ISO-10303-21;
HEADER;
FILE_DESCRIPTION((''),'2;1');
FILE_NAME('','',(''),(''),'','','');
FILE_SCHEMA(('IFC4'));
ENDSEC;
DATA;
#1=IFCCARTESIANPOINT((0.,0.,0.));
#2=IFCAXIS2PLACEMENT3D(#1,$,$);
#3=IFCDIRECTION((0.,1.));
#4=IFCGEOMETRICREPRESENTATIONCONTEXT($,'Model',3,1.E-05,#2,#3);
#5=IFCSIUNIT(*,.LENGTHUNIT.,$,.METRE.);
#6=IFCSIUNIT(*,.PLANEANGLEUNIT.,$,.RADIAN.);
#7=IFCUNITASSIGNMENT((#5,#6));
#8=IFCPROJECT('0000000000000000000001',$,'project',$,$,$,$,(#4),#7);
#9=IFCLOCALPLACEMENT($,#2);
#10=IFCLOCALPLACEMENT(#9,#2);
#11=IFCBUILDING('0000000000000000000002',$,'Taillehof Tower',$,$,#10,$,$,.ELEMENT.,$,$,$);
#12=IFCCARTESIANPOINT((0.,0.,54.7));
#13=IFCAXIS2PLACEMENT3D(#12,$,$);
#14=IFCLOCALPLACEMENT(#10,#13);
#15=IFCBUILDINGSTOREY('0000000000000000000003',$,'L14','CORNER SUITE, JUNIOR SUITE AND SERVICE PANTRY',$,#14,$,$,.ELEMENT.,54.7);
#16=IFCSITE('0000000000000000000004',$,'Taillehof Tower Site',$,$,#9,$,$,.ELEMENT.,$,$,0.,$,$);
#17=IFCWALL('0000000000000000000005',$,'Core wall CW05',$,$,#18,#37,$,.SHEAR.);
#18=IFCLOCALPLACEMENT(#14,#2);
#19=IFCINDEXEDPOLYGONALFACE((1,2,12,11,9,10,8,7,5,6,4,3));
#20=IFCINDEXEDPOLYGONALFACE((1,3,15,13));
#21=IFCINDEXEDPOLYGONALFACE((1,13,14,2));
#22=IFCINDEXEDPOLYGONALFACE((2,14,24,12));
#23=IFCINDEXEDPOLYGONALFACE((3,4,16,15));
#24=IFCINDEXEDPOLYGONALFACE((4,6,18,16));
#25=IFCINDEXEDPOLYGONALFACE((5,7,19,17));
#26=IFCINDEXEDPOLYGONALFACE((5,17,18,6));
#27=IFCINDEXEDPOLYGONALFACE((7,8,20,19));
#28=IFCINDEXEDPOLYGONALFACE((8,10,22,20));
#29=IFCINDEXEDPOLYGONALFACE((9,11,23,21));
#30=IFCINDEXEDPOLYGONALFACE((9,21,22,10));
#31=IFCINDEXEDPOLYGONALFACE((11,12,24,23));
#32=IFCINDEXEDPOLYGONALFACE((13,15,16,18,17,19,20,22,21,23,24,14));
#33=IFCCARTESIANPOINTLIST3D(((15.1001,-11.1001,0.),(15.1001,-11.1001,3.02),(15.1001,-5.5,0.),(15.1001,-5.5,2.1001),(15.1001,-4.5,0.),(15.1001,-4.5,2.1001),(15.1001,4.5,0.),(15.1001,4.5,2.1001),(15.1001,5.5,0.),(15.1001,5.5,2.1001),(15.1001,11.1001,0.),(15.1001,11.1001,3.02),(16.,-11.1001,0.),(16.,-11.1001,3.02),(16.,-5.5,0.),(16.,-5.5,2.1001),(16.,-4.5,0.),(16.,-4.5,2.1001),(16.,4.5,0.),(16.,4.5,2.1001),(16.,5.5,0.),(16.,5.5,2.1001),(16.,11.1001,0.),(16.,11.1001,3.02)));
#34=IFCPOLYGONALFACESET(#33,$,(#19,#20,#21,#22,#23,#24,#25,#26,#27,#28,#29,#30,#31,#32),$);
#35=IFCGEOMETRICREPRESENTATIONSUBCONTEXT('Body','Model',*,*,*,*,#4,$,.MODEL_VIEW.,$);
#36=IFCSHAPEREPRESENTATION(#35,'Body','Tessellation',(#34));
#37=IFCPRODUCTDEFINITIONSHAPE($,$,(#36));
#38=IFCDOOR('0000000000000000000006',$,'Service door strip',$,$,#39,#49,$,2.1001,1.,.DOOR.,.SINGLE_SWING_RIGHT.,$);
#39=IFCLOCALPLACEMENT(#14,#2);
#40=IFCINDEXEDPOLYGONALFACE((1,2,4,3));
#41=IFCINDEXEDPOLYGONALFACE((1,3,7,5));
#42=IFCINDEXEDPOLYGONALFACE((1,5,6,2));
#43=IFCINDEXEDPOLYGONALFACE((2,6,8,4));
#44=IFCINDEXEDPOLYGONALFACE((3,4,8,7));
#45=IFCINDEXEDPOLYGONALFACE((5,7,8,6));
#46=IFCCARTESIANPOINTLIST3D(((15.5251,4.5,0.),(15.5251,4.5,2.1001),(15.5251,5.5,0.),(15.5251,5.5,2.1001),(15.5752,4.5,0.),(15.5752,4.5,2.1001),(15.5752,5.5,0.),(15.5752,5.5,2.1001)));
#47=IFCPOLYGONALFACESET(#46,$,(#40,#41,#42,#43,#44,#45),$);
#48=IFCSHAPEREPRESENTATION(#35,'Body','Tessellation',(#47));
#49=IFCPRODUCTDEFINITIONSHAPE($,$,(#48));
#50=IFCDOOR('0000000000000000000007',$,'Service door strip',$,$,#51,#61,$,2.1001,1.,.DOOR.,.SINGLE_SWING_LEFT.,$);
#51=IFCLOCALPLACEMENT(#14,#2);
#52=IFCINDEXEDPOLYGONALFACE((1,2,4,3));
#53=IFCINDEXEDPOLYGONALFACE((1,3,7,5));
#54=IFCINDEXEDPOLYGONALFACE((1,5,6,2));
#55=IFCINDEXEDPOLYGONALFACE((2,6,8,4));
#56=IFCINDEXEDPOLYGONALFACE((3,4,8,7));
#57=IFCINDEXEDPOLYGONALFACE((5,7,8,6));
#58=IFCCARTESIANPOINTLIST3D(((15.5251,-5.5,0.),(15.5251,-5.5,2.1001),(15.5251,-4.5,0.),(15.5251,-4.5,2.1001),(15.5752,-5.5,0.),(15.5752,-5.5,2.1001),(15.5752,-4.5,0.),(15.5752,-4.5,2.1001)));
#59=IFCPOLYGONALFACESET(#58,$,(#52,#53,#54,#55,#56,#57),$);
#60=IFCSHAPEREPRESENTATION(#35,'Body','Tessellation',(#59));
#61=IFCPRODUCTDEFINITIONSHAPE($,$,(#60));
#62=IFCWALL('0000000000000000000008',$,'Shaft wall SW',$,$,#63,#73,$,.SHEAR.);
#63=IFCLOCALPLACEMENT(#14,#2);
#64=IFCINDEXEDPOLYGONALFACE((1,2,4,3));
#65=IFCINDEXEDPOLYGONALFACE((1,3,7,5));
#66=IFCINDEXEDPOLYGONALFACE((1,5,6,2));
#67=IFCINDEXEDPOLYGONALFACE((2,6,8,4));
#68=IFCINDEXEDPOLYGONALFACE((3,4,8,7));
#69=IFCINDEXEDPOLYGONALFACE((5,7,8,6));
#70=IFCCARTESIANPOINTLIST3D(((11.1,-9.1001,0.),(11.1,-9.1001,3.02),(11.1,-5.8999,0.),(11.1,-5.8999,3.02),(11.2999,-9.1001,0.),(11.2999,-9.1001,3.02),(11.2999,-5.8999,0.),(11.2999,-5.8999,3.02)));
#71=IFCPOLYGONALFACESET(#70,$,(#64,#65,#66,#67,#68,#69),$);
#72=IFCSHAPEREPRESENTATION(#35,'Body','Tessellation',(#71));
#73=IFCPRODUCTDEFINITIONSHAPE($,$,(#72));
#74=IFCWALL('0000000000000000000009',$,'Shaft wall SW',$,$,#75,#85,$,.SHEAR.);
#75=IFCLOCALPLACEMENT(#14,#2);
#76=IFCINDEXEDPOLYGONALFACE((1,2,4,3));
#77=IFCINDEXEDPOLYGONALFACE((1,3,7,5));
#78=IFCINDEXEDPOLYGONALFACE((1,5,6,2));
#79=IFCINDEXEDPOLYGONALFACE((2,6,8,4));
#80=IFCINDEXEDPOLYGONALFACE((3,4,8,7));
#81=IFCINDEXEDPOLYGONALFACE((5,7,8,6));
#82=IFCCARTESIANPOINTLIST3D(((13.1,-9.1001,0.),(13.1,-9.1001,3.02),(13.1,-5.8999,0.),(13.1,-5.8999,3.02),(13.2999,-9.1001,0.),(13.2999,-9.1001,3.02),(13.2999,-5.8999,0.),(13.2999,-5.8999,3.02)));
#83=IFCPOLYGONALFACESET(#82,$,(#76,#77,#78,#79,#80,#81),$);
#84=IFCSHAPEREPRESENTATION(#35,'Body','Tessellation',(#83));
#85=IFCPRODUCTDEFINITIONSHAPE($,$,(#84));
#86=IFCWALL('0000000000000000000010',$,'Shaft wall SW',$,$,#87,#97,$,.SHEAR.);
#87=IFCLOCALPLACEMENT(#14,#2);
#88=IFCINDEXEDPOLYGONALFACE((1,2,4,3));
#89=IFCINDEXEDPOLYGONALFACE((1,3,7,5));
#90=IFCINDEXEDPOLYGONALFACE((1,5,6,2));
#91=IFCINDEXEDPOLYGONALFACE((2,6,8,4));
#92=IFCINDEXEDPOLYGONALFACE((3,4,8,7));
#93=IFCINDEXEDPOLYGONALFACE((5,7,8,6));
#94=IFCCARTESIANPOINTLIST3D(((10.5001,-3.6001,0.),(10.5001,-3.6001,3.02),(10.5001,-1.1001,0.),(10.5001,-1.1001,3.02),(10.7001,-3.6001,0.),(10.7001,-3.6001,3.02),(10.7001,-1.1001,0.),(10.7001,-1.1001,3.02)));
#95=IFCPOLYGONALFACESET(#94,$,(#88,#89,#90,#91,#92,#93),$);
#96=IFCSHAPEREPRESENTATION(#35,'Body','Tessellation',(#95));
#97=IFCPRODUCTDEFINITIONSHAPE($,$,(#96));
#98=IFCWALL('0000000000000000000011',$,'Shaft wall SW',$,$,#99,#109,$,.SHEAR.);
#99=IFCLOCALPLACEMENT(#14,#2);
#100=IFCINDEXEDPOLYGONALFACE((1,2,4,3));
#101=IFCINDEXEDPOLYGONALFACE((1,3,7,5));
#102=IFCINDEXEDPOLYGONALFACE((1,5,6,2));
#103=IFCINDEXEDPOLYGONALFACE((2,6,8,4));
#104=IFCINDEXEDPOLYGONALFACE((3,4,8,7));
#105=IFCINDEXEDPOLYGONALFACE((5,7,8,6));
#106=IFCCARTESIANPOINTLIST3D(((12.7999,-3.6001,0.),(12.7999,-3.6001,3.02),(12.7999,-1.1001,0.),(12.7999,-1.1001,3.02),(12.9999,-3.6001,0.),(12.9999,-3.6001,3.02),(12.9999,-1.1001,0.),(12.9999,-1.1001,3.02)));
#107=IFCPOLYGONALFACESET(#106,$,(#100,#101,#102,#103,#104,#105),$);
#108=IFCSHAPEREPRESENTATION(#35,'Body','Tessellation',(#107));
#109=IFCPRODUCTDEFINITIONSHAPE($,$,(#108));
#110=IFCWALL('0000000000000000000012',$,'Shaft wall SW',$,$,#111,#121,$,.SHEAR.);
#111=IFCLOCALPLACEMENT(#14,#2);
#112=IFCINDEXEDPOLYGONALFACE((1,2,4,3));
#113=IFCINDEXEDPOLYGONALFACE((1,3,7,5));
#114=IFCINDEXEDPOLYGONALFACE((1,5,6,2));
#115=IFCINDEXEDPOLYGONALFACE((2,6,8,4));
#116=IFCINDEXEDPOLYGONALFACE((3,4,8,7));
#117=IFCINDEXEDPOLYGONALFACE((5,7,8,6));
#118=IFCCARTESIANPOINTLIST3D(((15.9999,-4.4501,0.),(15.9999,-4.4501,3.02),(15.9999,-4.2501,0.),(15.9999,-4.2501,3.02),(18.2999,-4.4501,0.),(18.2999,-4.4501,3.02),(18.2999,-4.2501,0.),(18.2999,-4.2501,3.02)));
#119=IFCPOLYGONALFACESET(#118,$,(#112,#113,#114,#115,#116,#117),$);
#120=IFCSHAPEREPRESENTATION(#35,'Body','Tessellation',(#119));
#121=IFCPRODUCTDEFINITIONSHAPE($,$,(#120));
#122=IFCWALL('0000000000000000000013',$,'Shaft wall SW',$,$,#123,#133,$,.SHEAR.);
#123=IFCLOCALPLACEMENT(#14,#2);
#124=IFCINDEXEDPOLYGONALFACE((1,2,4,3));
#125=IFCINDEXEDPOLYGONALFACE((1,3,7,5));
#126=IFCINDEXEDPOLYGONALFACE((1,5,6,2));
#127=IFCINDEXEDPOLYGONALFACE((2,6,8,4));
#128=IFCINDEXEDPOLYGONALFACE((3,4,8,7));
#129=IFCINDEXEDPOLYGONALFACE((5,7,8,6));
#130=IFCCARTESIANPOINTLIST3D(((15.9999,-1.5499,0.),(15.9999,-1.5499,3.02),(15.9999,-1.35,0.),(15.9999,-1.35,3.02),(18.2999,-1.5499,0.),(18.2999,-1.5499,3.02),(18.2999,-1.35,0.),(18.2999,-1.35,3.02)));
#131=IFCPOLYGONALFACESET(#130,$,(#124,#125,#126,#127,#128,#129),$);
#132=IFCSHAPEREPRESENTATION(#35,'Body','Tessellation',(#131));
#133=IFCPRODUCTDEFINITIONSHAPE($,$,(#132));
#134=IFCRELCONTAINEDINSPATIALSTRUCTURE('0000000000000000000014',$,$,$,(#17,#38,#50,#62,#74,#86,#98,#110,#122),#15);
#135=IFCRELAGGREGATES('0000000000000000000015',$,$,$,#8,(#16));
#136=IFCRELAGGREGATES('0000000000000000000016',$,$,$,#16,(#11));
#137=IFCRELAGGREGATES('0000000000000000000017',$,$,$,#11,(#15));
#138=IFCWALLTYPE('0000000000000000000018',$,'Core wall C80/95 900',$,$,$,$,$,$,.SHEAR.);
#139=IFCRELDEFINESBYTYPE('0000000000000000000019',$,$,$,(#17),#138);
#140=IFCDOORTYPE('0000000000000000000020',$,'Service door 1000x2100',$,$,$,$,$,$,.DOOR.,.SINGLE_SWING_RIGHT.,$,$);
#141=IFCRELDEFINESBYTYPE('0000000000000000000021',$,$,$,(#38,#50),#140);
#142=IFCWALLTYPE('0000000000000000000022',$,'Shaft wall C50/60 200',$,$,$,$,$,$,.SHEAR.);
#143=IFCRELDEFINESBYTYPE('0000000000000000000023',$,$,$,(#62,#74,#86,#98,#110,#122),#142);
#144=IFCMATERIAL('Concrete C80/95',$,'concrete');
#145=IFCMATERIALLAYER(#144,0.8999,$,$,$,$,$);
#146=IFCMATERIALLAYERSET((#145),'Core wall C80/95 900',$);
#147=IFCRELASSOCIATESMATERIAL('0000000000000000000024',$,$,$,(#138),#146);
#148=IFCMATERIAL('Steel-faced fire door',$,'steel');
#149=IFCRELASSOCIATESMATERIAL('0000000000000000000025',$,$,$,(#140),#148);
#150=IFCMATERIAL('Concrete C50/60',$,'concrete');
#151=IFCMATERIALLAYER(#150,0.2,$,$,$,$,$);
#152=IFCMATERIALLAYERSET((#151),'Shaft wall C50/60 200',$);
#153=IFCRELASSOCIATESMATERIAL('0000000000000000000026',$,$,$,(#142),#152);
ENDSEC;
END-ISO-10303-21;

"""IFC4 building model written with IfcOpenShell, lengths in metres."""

from ifc_helpers import new_model, si_unit, direction, frame, frame_2d, origin, place, context, subcontext, project, spatial, rectangle, extrude, material, layer, layer_set, type_object, element, fill, save


model = new_model("IFC4")

# Units and contexts
model_context = context("Model", 3, precision=1e-05, world=origin(), true_north=direction((0.0, 1.0)))
body_context = subcontext(model_context, "Body", "Model", "MODEL_VIEW")
ifc_project = project(units=[si_unit("LENGTHUNIT", "METRE"), si_unit("PLANEANGLEUNIT", "RADIAN")], contexts=[model_context])

# Site, building, storey
site_placement = place(None, origin())
site = spatial("IfcSite", under=ifc_project, at=site_placement, Name="Taillehof Tower Site", CompositionType="ELEMENT", RefElevation=0.0)
building_placement = place(site_placement, origin())
building = spatial("IfcBuilding", under=site, at=building_placement, Name="Taillehof Tower", CompositionType="ELEMENT")
storey_placement = place(building_placement, frame((0.0, 0.0, 54.7)))
storey = spatial("IfcBuildingStorey", under=building, at=storey_placement, Name="L14", Description="CORNER SUITE, JUNIOR SUITE AND SERVICE PANTRY", CompositionType="ELEMENT", Elevation=54.7)

# Wall, openings, doors
ifc_material_1 = material(Name="Concrete C80/95", Category="concrete")
ifc_layer_1 = layer(ifc_material_1, 0.8999)
ifc_layer_set_1 = layer_set([ifc_layer_1], Name="Core wall C80/95 900")
wall_type_1 = type_object("IfcWallType", Name="Core wall C80/95 900", PredefinedType="SHEAR", material=ifc_layer_set_1)
wall_1_placement = place(storey_placement, frame((15.55, -11.1001, 0.0), z_axis=(0.0, 0.0, 1.0), x_axis=(0.0, 1.0, 0.0)))
wall_1 = element("IfcWall", 1, at=wall_1_placement, inside=storey, type_object=wall_type_1, Name="Core wall CW05", PredefinedType="SHEAR", context=body_context, shape_type="SweptSolid", body=[
    extrude(rectangle(XDim=22.2002, YDim=0.8999, at=frame_2d((11.1001, 0.0))), origin(), (0.0, 0.0, 1.0), 3.02),
])
opening_1_placement = place(wall_1_placement, frame((15.6001, 0.0, 0.0)))
opening_1 = element("IfcOpeningElement", 2, at=opening_1_placement, cuts=wall_1, PredefinedType="OPENING", context=body_context, shape_type="SweptSolid", body=[
    extrude(rectangle(XDim=1.0, YDim=2.1001, at=frame_2d((0.5, 1.05))), frame((0.0, 0.46, 0.0), z_axis=(0.0, -1.0, 0.0), x_axis=(1.0, 0.0, 0.0)), (0.0, 0.0, 1.0), 0.9199),
])
opening_2_placement = place(wall_1_placement, frame((5.6001, 0.0, 0.0)))
opening_2 = element("IfcOpeningElement", 3, at=opening_2_placement, cuts=wall_1, PredefinedType="OPENING", context=body_context, shape_type="SweptSolid", body=[
    extrude(rectangle(XDim=1.0, YDim=2.1001, at=frame_2d((0.5, 1.05))), frame((0.0, 0.46, 0.0), z_axis=(0.0, -1.0, 0.0), x_axis=(1.0, 0.0, 0.0)), (0.0, 0.0, 1.0), 0.9199),
])
ifc_material_2 = material(Name="Steel-faced fire door", Category="steel")
door_type_1 = type_object("IfcDoorType", Name="Service door 1000x2100", OperationType="SINGLE_SWING_RIGHT", PredefinedType="DOOR", material=ifc_material_2)
door_1_placement = place(opening_1_placement, origin())
door_1 = element("IfcDoor", 4, at=door_1_placement, inside=storey, type_object=door_type_1, Name="Service door strip", OperationType="SINGLE_SWING_RIGHT", OverallHeight=2.1001, OverallWidth=1.0, PredefinedType="DOOR", context=body_context, shape_type="SweptSolid", body=[
    extrude(rectangle(XDim=1.0, YDim=2.1001, at=frame_2d((0.5, 1.05))), frame((0.0, 0.0249, 0.0), z_axis=(0.0, -1.0, 0.0), x_axis=(1.0, 0.0, 0.0)), (0.0, 0.0, 1.0), 0.05),
])
fill(opening_1, door_1)
door_2_placement = place(opening_2_placement, origin())
door_2 = element("IfcDoor", 5, at=door_2_placement, inside=storey, type_object=door_type_1, Name="Service door strip", OperationType="SINGLE_SWING_LEFT", OverallHeight=2.1001, OverallWidth=1.0, PredefinedType="DOOR", context=body_context, shape_type="SweptSolid", body=[
    extrude(rectangle(XDim=1.0, YDim=2.1001, at=frame_2d((0.5, 1.05))), frame((0.0, 0.0249, 0.0), z_axis=(0.0, -1.0, 0.0), x_axis=(1.0, 0.0, 0.0)), (0.0, 0.0, 1.0), 0.05),
])
fill(opening_2, door_2)

# Walls
ifc_material_3 = material(Name="Concrete C50/60", Category="concrete")
ifc_layer_2 = layer(ifc_material_3, 0.2)
ifc_layer_set_2 = layer_set([ifc_layer_2], Name="Shaft wall C50/60 200")
wall_type_2 = type_object("IfcWallType", Name="Shaft wall C50/60 200", PredefinedType="SHEAR", material=ifc_layer_set_2)
for number, where, z_axis, x_axis, name in (
    (6, (11.2, -9.1001, 0.0), (0.0, 0.0, 1.0), (0.0, 1.0, 0.0), "Shaft wall SW"),
    (7, (13.2, -9.1001, 0.0), (0.0, 0.0, 1.0), (0.0, 1.0, 0.0), "Shaft wall SW"),
):
    element("IfcWall", number, at=place(storey_placement, frame(where, z_axis=z_axis, x_axis=x_axis)), inside=storey, type_object=wall_type_2, Name=name, PredefinedType="SHEAR", context=body_context, shape_type="SweptSolid", body=[
        extrude(rectangle(XDim=3.2002, YDim=0.2, at=frame_2d((1.6001, 0.0))), origin(), (0.0, 0.0, 1.0), 3.02),
    ])
for number, where, z_axis, x_axis, name in (
    (8, (10.6001, -3.6001, 0.0), (0.0, 0.0, 1.0), (0.0, 1.0, 0.0), "Shaft wall SW"),
    (9, (12.8999, -3.6001, 0.0), (0.0, 0.0, 1.0), (0.0, 1.0, 0.0), "Shaft wall SW"),
):
    element("IfcWall", number, at=place(storey_placement, frame(where, z_axis=z_axis, x_axis=x_axis)), inside=storey, type_object=wall_type_2, Name=name, PredefinedType="SHEAR", context=body_context, shape_type="SweptSolid", body=[
        extrude(rectangle(XDim=2.5, YDim=0.2, at=frame_2d((1.25, 0.0))), origin(), (0.0, 0.0, 1.0), 3.02),
    ])
for number, where, z_axis, x_axis, name in (
    (10, (16.0, -4.3501, 0.0), (0.0, 0.0, 1.0), (1.0, 0.0, 0.0), "Shaft wall SW"),
    (11, (16.0, -1.45, 0.0), (0.0, 0.0, 1.0), (1.0, 0.0, 0.0), "Shaft wall SW"),
):
    element("IfcWall", number, at=place(storey_placement, frame(where, z_axis=z_axis, x_axis=x_axis)), inside=storey, type_object=wall_type_2, Name=name, PredefinedType="SHEAR", context=body_context, shape_type="SweptSolid", body=[
        extrude(rectangle(XDim=2.3, YDim=0.2, at=frame_2d((1.1499, 0.0))), origin(), (0.0, 0.0, 1.0), 3.02),
    ])

save(model, "model.ifc")
